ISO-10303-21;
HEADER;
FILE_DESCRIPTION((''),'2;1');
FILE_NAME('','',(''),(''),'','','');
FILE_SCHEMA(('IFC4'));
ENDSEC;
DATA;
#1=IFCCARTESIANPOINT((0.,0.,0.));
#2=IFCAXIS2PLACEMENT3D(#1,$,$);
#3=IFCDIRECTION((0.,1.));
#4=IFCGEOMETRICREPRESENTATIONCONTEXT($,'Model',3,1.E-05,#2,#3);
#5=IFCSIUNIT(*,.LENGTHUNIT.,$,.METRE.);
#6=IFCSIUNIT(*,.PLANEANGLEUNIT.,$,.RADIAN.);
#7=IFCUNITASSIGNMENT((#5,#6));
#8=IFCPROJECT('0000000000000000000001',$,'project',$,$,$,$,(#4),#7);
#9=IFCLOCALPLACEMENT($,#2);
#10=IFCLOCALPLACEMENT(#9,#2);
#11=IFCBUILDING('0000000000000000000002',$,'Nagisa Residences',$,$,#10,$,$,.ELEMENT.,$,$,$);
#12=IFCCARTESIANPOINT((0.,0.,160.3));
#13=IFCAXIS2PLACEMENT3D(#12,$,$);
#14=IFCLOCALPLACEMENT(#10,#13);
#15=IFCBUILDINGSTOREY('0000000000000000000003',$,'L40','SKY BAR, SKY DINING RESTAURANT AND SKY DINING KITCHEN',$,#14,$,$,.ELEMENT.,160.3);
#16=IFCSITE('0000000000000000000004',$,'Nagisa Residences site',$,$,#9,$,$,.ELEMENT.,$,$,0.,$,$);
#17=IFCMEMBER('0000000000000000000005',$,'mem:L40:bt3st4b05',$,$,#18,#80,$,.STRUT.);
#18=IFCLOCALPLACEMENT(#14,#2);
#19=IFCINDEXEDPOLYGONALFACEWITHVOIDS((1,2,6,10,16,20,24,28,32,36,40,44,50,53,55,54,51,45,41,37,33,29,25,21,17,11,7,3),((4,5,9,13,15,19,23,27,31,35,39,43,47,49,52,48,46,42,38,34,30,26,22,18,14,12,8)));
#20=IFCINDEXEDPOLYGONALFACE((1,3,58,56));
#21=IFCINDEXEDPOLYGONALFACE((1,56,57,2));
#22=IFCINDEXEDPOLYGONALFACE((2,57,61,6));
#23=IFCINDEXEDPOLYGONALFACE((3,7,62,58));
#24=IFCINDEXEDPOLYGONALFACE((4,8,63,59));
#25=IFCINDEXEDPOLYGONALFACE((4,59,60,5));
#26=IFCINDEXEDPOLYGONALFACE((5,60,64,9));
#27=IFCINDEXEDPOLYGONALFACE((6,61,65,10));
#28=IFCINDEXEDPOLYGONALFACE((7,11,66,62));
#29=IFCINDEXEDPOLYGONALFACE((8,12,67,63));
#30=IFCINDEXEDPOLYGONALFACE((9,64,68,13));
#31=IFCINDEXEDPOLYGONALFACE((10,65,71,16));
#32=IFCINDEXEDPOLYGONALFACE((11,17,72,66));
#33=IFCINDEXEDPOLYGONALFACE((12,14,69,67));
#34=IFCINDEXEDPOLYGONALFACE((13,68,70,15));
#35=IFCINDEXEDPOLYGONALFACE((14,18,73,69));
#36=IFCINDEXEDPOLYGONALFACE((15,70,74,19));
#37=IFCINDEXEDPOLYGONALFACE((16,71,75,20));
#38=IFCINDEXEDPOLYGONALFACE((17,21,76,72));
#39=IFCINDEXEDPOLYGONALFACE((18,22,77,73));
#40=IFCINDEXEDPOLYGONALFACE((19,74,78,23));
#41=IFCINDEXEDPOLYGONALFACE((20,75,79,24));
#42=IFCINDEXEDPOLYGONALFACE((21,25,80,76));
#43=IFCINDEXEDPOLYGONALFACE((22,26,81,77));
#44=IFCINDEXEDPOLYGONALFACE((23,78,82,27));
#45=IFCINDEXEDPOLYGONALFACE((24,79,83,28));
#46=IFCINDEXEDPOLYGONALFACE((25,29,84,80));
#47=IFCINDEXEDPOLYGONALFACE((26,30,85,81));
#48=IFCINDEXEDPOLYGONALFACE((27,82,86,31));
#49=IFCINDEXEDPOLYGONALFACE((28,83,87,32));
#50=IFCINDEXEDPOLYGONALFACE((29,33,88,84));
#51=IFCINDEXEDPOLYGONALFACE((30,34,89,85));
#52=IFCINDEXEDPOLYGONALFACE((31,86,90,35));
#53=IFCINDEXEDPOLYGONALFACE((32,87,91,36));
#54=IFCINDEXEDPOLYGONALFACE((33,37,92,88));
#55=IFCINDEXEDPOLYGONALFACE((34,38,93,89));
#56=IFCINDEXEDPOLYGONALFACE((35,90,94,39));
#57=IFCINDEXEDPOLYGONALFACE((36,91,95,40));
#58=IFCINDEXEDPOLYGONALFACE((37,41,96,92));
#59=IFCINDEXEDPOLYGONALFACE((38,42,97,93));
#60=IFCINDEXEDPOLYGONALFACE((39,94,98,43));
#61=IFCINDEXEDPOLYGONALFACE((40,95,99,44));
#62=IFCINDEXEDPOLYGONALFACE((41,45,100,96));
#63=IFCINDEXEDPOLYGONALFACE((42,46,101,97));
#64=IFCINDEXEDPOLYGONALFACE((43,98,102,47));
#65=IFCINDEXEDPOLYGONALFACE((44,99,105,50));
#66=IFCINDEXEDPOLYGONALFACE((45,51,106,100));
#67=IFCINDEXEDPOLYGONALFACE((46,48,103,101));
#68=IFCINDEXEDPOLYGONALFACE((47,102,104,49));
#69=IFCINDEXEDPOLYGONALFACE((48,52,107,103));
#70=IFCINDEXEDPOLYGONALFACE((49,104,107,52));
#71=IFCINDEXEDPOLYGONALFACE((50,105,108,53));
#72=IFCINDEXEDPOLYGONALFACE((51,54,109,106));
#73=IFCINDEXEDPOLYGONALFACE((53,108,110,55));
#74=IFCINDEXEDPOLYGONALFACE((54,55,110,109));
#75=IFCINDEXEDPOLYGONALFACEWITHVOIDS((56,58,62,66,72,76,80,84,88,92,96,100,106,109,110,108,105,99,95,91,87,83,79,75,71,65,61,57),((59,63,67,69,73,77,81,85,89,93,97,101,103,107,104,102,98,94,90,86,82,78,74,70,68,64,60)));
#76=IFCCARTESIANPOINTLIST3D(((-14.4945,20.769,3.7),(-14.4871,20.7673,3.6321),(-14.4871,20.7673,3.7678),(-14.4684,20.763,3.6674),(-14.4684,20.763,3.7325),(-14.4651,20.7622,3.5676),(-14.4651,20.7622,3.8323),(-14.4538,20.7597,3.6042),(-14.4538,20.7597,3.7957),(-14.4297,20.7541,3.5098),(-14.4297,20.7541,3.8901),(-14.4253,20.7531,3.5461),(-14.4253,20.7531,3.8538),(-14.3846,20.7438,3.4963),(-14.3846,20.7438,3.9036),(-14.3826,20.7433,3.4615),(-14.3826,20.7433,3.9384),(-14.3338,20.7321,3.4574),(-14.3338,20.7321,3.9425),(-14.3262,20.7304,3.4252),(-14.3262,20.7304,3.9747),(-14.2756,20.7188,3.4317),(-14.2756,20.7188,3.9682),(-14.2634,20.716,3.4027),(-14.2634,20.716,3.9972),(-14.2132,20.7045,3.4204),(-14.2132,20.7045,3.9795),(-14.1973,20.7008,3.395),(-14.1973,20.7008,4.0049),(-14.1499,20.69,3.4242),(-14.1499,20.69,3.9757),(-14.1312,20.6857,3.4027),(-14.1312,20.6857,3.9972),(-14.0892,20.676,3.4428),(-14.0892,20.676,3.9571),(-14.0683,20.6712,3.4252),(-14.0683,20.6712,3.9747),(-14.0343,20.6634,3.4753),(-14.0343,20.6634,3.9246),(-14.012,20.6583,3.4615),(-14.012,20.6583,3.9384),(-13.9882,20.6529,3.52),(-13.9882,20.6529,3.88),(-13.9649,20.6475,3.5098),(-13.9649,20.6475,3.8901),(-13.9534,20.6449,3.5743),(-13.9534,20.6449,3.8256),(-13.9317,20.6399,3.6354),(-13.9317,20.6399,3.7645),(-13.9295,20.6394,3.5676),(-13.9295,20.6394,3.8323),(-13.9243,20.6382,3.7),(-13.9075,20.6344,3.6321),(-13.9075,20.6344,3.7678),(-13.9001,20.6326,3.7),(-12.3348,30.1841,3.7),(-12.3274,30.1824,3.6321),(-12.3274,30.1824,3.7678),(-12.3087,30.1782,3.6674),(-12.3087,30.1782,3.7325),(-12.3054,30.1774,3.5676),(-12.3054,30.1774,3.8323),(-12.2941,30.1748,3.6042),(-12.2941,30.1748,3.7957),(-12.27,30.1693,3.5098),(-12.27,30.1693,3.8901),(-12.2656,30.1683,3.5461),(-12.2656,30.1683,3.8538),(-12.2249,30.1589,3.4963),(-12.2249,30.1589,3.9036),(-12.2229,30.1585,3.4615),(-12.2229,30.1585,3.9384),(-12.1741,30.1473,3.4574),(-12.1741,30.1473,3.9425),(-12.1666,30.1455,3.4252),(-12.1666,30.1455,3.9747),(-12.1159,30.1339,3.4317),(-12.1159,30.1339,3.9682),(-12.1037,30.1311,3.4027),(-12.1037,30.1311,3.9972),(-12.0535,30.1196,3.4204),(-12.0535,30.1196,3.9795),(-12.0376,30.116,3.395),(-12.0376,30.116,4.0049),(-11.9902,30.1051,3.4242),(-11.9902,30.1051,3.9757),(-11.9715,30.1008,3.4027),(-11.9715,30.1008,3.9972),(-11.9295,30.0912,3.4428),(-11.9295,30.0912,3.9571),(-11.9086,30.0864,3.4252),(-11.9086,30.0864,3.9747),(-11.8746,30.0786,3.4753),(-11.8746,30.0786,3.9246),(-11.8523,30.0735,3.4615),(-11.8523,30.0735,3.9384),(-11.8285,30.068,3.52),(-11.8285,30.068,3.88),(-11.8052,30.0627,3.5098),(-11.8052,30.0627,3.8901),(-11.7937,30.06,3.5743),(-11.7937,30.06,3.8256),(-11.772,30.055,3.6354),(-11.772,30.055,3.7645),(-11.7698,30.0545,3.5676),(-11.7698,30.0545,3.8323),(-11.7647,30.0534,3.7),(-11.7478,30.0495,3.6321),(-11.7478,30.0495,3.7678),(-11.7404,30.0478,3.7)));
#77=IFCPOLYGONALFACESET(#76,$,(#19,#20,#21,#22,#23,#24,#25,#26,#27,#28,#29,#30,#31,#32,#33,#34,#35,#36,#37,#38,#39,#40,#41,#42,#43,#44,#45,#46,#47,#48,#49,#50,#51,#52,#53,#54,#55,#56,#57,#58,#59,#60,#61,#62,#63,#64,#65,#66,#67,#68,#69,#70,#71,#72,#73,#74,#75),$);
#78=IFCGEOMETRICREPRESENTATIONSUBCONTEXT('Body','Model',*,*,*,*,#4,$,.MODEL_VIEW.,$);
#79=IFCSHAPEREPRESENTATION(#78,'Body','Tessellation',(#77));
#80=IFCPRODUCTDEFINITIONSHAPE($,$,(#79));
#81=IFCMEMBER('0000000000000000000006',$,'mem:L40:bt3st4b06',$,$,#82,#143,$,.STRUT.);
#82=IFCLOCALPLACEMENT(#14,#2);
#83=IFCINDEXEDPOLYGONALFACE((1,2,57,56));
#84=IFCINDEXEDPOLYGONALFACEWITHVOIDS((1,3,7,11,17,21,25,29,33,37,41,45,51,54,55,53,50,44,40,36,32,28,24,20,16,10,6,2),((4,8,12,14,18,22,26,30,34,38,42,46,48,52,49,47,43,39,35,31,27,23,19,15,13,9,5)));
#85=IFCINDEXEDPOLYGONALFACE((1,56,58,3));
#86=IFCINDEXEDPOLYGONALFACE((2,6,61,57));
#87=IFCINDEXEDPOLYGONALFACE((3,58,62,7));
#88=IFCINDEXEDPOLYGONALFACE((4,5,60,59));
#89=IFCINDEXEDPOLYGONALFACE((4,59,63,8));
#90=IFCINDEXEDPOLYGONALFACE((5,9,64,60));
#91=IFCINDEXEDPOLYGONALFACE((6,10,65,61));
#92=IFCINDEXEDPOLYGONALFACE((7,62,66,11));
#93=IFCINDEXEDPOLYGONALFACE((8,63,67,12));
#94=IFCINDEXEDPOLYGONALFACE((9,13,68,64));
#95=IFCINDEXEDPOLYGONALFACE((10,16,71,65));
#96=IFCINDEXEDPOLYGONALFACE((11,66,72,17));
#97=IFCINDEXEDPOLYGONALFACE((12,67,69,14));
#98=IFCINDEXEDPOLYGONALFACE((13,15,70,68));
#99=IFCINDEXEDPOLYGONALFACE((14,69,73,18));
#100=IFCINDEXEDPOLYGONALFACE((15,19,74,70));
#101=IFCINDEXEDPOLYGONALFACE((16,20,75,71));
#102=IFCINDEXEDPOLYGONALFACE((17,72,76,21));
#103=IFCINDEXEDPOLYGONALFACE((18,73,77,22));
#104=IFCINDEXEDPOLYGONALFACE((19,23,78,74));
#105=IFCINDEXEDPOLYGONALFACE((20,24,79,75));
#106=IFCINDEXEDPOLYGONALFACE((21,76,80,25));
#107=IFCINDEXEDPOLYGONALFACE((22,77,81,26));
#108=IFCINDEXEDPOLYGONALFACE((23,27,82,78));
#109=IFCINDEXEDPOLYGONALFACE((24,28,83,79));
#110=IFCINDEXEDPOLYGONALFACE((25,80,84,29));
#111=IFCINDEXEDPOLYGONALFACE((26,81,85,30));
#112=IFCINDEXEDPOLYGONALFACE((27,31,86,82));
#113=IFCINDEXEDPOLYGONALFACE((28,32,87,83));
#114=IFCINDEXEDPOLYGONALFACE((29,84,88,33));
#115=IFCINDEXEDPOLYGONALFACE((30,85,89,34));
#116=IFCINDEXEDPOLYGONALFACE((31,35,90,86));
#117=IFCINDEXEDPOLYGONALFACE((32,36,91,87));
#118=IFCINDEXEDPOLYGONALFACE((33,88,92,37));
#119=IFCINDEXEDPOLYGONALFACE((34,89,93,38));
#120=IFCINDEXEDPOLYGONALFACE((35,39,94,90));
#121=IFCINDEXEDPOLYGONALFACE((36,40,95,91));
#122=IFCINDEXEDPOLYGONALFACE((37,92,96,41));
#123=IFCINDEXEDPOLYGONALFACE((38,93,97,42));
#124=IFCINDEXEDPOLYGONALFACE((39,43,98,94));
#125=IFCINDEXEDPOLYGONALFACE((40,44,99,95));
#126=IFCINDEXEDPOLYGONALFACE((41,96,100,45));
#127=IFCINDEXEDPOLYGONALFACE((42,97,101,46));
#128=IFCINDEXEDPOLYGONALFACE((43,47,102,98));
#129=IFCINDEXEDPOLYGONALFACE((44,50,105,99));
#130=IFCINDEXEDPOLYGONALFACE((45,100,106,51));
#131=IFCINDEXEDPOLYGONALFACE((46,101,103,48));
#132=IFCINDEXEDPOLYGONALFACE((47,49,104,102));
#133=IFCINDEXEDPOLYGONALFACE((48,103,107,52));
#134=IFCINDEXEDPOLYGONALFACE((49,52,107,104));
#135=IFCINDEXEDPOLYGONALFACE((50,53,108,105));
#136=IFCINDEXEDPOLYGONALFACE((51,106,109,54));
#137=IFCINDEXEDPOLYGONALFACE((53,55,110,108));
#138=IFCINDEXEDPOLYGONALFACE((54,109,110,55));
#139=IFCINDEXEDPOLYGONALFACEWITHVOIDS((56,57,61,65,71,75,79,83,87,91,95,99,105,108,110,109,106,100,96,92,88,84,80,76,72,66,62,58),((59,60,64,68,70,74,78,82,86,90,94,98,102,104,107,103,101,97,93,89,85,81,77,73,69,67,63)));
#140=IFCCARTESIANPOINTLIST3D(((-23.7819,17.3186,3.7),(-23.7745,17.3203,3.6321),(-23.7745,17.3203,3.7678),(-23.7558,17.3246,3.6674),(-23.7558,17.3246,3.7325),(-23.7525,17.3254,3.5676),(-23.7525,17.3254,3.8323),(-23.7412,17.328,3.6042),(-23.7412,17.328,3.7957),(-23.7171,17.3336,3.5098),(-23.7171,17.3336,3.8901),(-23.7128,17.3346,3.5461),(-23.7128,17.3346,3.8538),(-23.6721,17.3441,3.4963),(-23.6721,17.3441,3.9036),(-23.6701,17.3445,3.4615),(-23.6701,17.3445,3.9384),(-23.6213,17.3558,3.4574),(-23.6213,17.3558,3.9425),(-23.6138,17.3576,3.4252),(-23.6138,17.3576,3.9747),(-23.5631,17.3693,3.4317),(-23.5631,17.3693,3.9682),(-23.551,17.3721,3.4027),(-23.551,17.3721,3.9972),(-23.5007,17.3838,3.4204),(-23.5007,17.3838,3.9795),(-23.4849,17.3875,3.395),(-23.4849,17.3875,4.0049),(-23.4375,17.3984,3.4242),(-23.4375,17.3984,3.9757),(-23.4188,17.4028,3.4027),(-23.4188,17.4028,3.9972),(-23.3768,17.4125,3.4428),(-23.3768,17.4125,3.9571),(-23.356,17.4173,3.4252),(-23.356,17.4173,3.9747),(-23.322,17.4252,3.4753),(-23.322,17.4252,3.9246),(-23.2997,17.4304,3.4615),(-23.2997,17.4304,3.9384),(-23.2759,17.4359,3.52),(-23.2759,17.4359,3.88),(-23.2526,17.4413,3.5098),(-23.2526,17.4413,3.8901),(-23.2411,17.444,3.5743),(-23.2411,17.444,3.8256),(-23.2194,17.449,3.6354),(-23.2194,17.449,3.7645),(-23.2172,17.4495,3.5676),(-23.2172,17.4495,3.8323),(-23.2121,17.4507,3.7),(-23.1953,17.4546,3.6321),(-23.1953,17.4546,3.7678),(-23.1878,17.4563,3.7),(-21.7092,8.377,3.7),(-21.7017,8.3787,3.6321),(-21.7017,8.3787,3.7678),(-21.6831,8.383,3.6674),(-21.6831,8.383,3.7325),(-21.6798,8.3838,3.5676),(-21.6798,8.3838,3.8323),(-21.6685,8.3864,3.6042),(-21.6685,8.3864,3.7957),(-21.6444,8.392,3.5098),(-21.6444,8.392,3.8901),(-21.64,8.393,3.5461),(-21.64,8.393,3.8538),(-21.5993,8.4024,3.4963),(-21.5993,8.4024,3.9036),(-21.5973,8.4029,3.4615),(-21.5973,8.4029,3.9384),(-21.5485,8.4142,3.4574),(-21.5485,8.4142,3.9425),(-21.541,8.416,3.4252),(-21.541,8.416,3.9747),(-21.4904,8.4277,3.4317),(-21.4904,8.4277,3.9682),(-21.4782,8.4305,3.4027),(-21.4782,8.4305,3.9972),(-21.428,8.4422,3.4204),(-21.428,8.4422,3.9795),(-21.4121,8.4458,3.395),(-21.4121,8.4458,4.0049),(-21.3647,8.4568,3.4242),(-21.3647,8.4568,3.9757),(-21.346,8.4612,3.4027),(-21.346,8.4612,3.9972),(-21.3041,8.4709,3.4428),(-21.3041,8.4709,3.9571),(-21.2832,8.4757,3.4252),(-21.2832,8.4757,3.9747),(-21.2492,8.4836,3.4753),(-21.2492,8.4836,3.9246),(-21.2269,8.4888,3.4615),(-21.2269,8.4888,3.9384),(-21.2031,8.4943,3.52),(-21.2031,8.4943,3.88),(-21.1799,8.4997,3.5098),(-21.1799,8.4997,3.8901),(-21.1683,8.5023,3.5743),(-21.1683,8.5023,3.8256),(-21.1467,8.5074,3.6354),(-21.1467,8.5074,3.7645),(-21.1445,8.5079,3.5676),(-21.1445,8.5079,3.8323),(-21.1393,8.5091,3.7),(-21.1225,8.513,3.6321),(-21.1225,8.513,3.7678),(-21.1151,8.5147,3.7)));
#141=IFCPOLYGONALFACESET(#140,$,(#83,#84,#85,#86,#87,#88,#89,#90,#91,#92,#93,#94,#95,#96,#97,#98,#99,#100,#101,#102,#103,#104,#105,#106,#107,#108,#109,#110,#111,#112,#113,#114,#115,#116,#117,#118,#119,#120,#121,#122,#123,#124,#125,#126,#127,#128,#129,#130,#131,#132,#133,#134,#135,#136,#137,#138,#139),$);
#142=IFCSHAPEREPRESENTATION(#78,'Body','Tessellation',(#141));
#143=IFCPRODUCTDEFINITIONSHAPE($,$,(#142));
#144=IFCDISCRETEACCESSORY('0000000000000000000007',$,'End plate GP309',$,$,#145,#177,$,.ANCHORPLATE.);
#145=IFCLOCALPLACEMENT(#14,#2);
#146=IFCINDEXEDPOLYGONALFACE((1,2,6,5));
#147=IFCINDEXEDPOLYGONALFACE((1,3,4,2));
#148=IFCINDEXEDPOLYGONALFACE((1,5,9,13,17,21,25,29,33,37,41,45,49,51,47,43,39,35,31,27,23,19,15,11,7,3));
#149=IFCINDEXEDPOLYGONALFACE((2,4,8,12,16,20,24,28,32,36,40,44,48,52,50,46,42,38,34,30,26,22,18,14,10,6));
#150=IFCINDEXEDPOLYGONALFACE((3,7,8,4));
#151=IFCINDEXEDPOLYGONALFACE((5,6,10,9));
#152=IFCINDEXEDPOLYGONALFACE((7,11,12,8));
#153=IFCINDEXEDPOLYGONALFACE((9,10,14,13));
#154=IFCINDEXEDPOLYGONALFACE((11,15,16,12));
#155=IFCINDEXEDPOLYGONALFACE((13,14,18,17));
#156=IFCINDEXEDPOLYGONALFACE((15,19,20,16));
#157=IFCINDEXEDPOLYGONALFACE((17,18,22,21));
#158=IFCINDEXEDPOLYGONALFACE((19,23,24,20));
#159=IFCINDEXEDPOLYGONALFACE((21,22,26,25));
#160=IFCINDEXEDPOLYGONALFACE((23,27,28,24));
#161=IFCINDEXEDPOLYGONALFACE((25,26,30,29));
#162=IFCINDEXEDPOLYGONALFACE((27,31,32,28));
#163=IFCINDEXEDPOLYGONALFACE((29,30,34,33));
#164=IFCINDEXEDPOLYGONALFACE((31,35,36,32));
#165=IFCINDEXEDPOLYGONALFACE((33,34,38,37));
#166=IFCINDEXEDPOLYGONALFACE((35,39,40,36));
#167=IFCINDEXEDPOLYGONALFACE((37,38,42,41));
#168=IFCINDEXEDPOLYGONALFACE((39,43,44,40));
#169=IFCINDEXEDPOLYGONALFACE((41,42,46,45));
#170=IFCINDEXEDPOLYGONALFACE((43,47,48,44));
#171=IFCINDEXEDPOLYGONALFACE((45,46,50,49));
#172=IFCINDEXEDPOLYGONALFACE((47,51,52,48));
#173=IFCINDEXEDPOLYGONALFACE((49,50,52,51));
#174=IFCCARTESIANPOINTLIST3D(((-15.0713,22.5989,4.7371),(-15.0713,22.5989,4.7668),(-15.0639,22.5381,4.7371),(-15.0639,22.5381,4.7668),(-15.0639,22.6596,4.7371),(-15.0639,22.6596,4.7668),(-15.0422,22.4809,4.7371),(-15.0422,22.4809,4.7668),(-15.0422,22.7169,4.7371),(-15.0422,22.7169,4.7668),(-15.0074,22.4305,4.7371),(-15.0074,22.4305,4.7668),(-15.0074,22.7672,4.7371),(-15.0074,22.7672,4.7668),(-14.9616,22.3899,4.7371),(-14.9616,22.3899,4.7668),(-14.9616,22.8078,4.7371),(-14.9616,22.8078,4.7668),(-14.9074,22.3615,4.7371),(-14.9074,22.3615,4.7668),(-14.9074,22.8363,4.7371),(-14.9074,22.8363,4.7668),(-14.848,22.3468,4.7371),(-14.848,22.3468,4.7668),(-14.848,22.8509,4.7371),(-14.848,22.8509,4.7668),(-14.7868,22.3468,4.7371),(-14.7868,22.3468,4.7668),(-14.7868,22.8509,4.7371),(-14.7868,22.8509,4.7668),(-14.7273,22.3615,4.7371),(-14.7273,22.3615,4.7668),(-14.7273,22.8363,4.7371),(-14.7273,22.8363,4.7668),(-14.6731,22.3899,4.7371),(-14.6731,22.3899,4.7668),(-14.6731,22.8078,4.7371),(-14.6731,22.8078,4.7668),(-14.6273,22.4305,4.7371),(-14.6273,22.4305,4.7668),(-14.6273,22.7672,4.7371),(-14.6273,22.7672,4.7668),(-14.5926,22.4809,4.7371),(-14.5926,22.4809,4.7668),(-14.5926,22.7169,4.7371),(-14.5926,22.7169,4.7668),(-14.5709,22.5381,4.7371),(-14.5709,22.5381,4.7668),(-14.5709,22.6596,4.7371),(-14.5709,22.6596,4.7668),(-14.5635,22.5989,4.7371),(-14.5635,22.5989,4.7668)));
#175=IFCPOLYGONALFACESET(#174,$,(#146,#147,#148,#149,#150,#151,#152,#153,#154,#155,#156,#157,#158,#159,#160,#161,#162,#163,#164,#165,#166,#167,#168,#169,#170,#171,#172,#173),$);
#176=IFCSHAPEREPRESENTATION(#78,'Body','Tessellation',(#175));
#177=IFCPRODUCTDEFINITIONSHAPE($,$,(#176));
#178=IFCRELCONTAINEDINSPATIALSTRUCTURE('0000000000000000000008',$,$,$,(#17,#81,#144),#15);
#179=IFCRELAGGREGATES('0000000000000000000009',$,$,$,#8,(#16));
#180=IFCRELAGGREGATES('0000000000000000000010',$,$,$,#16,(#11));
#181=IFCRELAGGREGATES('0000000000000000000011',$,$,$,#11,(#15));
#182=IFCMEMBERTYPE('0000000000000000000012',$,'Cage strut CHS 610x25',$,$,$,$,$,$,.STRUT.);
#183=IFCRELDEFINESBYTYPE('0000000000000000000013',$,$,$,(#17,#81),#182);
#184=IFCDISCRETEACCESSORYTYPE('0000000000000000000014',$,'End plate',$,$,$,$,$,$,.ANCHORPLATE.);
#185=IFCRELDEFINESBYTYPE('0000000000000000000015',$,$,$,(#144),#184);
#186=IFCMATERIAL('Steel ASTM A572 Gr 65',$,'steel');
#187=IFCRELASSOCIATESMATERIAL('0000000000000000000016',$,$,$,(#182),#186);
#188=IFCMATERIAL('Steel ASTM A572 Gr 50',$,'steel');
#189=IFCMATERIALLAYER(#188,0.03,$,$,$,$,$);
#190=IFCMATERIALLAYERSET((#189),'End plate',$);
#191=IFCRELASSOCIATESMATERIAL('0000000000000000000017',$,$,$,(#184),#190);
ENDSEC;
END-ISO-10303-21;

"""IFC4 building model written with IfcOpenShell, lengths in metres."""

from ifc_helpers import new_model, si_unit, direction, frame, origin, origin_2d, place, context, subcontext, project, spatial, circle, hollow_circle, extrude, material, layer, layer_set, material_profile, profile_set, type_object, element, save


model = new_model("IFC4")

# Units and contexts
model_context = context("Model", 3, precision=1e-05, world=origin(), true_north=direction((0.0, 1.0)))
body_context = subcontext(model_context, "Body", "Model", "MODEL_VIEW")
ifc_project = project(units=[si_unit("LENGTHUNIT", "METRE"), si_unit("PLANEANGLEUNIT", "RADIAN")], contexts=[model_context])

# Site, building, storey
site_placement = place(None, origin())
site = spatial("IfcSite", under=ifc_project, at=site_placement, Name="Nagisa Residences site", CompositionType="ELEMENT", RefElevation=0.0)
building_placement = place(site_placement, origin())
building = spatial("IfcBuilding", under=site, at=building_placement, Name="Nagisa Residences", CompositionType="ELEMENT")
storey_placement = place(building_placement, frame((0.0, 0.0, 160.3)))
storey = spatial("IfcBuildingStorey", under=building, at=storey_placement, Name="L40", Description="SKY BAR, SKY DINING RESTAURANT AND SKY DINING KITCHEN", CompositionType="ELEMENT", Elevation=160.3)

# Members
ifc_material_1 = material(Name="Steel ASTM A572 Gr 65", Category="steel")
ifc_material_profile_1 = material_profile(ifc_material_1, hollow_circle(Radius=0.3049, WallThickness=0.0249, at=origin_2d()), Name="CHS 610x25")
ifc_profile_set_1 = profile_set([ifc_material_profile_1], Name="Steel ASTM A572 Gr 65")
member_type_1 = type_object("IfcMemberType", Name="Cage strut CHS 610x25", PredefinedType="STRUT", material=ifc_profile_set_1)
member_1_placement = place(storey_placement, frame((-12.0376, 30.116, 3.7), z_axis=(-0.223578, -0.974686, 0.0), x_axis=(0.974686, -0.223578, 0.0)))
element("IfcMember", 1, at=member_1_placement, inside=storey, type_object=member_type_1, Name="mem:L40:bt3st4b05", PredefinedType="STRUT", context=body_context, shape_type="SweptSolid", body=[
    extrude(hollow_circle(Radius=0.3049, WallThickness=0.0249, at=origin_2d()), origin(), (0.0, 0.0, 1.0), 9.6597),
])
member_2_placement = place(storey_placement, frame((-23.4849, 17.3875, 3.7), z_axis=(0.225821, -0.974169, 0.0), x_axis=(0.974169, 0.225821, 0.0)))
element("IfcMember", 2, at=member_2_placement, inside=storey, type_object=member_type_1, Name="mem:L40:bt3st4b06", PredefinedType="STRUT", context=body_context, shape_type="SweptSolid", body=[
    extrude(hollow_circle(Radius=0.3049, WallThickness=0.0249, at=origin_2d()), origin(), (0.0, 0.0, 1.0), 9.1787),
])

# Discrete accessory
ifc_material_2 = material(Name="Steel ASTM A572 Gr 50", Category="steel")
ifc_layer_1 = layer(ifc_material_2, 0.03)
ifc_layer_set_1 = layer_set([ifc_layer_1], Name="End plate")
discrete_accessory_type_1 = type_object("IfcDiscreteAccessoryType", Name="End plate", PredefinedType="ANCHORPLATE", material=ifc_layer_set_1)
for number, where, z_axis, x_axis, name in (
    (3, (-14.8174, 22.5989, 4.7371), (0.0, 0.0, 1.0), (1.0, 0.0, 0.0), "End plate GP309"),
):
    element("IfcDiscreteAccessory", number, at=place(storey_placement, frame(where, z_axis=z_axis, x_axis=x_axis)), inside=storey, type_object=discrete_accessory_type_1, Name=name, PredefinedType="ANCHORPLATE", context=body_context, shape_type="SweptSolid", body=[
        extrude(circle(Radius=0.2539, at=origin_2d()), origin(), (0.0, 0.0, 1.0), 0.0298),
    ])

save(model, "model.ifc")
